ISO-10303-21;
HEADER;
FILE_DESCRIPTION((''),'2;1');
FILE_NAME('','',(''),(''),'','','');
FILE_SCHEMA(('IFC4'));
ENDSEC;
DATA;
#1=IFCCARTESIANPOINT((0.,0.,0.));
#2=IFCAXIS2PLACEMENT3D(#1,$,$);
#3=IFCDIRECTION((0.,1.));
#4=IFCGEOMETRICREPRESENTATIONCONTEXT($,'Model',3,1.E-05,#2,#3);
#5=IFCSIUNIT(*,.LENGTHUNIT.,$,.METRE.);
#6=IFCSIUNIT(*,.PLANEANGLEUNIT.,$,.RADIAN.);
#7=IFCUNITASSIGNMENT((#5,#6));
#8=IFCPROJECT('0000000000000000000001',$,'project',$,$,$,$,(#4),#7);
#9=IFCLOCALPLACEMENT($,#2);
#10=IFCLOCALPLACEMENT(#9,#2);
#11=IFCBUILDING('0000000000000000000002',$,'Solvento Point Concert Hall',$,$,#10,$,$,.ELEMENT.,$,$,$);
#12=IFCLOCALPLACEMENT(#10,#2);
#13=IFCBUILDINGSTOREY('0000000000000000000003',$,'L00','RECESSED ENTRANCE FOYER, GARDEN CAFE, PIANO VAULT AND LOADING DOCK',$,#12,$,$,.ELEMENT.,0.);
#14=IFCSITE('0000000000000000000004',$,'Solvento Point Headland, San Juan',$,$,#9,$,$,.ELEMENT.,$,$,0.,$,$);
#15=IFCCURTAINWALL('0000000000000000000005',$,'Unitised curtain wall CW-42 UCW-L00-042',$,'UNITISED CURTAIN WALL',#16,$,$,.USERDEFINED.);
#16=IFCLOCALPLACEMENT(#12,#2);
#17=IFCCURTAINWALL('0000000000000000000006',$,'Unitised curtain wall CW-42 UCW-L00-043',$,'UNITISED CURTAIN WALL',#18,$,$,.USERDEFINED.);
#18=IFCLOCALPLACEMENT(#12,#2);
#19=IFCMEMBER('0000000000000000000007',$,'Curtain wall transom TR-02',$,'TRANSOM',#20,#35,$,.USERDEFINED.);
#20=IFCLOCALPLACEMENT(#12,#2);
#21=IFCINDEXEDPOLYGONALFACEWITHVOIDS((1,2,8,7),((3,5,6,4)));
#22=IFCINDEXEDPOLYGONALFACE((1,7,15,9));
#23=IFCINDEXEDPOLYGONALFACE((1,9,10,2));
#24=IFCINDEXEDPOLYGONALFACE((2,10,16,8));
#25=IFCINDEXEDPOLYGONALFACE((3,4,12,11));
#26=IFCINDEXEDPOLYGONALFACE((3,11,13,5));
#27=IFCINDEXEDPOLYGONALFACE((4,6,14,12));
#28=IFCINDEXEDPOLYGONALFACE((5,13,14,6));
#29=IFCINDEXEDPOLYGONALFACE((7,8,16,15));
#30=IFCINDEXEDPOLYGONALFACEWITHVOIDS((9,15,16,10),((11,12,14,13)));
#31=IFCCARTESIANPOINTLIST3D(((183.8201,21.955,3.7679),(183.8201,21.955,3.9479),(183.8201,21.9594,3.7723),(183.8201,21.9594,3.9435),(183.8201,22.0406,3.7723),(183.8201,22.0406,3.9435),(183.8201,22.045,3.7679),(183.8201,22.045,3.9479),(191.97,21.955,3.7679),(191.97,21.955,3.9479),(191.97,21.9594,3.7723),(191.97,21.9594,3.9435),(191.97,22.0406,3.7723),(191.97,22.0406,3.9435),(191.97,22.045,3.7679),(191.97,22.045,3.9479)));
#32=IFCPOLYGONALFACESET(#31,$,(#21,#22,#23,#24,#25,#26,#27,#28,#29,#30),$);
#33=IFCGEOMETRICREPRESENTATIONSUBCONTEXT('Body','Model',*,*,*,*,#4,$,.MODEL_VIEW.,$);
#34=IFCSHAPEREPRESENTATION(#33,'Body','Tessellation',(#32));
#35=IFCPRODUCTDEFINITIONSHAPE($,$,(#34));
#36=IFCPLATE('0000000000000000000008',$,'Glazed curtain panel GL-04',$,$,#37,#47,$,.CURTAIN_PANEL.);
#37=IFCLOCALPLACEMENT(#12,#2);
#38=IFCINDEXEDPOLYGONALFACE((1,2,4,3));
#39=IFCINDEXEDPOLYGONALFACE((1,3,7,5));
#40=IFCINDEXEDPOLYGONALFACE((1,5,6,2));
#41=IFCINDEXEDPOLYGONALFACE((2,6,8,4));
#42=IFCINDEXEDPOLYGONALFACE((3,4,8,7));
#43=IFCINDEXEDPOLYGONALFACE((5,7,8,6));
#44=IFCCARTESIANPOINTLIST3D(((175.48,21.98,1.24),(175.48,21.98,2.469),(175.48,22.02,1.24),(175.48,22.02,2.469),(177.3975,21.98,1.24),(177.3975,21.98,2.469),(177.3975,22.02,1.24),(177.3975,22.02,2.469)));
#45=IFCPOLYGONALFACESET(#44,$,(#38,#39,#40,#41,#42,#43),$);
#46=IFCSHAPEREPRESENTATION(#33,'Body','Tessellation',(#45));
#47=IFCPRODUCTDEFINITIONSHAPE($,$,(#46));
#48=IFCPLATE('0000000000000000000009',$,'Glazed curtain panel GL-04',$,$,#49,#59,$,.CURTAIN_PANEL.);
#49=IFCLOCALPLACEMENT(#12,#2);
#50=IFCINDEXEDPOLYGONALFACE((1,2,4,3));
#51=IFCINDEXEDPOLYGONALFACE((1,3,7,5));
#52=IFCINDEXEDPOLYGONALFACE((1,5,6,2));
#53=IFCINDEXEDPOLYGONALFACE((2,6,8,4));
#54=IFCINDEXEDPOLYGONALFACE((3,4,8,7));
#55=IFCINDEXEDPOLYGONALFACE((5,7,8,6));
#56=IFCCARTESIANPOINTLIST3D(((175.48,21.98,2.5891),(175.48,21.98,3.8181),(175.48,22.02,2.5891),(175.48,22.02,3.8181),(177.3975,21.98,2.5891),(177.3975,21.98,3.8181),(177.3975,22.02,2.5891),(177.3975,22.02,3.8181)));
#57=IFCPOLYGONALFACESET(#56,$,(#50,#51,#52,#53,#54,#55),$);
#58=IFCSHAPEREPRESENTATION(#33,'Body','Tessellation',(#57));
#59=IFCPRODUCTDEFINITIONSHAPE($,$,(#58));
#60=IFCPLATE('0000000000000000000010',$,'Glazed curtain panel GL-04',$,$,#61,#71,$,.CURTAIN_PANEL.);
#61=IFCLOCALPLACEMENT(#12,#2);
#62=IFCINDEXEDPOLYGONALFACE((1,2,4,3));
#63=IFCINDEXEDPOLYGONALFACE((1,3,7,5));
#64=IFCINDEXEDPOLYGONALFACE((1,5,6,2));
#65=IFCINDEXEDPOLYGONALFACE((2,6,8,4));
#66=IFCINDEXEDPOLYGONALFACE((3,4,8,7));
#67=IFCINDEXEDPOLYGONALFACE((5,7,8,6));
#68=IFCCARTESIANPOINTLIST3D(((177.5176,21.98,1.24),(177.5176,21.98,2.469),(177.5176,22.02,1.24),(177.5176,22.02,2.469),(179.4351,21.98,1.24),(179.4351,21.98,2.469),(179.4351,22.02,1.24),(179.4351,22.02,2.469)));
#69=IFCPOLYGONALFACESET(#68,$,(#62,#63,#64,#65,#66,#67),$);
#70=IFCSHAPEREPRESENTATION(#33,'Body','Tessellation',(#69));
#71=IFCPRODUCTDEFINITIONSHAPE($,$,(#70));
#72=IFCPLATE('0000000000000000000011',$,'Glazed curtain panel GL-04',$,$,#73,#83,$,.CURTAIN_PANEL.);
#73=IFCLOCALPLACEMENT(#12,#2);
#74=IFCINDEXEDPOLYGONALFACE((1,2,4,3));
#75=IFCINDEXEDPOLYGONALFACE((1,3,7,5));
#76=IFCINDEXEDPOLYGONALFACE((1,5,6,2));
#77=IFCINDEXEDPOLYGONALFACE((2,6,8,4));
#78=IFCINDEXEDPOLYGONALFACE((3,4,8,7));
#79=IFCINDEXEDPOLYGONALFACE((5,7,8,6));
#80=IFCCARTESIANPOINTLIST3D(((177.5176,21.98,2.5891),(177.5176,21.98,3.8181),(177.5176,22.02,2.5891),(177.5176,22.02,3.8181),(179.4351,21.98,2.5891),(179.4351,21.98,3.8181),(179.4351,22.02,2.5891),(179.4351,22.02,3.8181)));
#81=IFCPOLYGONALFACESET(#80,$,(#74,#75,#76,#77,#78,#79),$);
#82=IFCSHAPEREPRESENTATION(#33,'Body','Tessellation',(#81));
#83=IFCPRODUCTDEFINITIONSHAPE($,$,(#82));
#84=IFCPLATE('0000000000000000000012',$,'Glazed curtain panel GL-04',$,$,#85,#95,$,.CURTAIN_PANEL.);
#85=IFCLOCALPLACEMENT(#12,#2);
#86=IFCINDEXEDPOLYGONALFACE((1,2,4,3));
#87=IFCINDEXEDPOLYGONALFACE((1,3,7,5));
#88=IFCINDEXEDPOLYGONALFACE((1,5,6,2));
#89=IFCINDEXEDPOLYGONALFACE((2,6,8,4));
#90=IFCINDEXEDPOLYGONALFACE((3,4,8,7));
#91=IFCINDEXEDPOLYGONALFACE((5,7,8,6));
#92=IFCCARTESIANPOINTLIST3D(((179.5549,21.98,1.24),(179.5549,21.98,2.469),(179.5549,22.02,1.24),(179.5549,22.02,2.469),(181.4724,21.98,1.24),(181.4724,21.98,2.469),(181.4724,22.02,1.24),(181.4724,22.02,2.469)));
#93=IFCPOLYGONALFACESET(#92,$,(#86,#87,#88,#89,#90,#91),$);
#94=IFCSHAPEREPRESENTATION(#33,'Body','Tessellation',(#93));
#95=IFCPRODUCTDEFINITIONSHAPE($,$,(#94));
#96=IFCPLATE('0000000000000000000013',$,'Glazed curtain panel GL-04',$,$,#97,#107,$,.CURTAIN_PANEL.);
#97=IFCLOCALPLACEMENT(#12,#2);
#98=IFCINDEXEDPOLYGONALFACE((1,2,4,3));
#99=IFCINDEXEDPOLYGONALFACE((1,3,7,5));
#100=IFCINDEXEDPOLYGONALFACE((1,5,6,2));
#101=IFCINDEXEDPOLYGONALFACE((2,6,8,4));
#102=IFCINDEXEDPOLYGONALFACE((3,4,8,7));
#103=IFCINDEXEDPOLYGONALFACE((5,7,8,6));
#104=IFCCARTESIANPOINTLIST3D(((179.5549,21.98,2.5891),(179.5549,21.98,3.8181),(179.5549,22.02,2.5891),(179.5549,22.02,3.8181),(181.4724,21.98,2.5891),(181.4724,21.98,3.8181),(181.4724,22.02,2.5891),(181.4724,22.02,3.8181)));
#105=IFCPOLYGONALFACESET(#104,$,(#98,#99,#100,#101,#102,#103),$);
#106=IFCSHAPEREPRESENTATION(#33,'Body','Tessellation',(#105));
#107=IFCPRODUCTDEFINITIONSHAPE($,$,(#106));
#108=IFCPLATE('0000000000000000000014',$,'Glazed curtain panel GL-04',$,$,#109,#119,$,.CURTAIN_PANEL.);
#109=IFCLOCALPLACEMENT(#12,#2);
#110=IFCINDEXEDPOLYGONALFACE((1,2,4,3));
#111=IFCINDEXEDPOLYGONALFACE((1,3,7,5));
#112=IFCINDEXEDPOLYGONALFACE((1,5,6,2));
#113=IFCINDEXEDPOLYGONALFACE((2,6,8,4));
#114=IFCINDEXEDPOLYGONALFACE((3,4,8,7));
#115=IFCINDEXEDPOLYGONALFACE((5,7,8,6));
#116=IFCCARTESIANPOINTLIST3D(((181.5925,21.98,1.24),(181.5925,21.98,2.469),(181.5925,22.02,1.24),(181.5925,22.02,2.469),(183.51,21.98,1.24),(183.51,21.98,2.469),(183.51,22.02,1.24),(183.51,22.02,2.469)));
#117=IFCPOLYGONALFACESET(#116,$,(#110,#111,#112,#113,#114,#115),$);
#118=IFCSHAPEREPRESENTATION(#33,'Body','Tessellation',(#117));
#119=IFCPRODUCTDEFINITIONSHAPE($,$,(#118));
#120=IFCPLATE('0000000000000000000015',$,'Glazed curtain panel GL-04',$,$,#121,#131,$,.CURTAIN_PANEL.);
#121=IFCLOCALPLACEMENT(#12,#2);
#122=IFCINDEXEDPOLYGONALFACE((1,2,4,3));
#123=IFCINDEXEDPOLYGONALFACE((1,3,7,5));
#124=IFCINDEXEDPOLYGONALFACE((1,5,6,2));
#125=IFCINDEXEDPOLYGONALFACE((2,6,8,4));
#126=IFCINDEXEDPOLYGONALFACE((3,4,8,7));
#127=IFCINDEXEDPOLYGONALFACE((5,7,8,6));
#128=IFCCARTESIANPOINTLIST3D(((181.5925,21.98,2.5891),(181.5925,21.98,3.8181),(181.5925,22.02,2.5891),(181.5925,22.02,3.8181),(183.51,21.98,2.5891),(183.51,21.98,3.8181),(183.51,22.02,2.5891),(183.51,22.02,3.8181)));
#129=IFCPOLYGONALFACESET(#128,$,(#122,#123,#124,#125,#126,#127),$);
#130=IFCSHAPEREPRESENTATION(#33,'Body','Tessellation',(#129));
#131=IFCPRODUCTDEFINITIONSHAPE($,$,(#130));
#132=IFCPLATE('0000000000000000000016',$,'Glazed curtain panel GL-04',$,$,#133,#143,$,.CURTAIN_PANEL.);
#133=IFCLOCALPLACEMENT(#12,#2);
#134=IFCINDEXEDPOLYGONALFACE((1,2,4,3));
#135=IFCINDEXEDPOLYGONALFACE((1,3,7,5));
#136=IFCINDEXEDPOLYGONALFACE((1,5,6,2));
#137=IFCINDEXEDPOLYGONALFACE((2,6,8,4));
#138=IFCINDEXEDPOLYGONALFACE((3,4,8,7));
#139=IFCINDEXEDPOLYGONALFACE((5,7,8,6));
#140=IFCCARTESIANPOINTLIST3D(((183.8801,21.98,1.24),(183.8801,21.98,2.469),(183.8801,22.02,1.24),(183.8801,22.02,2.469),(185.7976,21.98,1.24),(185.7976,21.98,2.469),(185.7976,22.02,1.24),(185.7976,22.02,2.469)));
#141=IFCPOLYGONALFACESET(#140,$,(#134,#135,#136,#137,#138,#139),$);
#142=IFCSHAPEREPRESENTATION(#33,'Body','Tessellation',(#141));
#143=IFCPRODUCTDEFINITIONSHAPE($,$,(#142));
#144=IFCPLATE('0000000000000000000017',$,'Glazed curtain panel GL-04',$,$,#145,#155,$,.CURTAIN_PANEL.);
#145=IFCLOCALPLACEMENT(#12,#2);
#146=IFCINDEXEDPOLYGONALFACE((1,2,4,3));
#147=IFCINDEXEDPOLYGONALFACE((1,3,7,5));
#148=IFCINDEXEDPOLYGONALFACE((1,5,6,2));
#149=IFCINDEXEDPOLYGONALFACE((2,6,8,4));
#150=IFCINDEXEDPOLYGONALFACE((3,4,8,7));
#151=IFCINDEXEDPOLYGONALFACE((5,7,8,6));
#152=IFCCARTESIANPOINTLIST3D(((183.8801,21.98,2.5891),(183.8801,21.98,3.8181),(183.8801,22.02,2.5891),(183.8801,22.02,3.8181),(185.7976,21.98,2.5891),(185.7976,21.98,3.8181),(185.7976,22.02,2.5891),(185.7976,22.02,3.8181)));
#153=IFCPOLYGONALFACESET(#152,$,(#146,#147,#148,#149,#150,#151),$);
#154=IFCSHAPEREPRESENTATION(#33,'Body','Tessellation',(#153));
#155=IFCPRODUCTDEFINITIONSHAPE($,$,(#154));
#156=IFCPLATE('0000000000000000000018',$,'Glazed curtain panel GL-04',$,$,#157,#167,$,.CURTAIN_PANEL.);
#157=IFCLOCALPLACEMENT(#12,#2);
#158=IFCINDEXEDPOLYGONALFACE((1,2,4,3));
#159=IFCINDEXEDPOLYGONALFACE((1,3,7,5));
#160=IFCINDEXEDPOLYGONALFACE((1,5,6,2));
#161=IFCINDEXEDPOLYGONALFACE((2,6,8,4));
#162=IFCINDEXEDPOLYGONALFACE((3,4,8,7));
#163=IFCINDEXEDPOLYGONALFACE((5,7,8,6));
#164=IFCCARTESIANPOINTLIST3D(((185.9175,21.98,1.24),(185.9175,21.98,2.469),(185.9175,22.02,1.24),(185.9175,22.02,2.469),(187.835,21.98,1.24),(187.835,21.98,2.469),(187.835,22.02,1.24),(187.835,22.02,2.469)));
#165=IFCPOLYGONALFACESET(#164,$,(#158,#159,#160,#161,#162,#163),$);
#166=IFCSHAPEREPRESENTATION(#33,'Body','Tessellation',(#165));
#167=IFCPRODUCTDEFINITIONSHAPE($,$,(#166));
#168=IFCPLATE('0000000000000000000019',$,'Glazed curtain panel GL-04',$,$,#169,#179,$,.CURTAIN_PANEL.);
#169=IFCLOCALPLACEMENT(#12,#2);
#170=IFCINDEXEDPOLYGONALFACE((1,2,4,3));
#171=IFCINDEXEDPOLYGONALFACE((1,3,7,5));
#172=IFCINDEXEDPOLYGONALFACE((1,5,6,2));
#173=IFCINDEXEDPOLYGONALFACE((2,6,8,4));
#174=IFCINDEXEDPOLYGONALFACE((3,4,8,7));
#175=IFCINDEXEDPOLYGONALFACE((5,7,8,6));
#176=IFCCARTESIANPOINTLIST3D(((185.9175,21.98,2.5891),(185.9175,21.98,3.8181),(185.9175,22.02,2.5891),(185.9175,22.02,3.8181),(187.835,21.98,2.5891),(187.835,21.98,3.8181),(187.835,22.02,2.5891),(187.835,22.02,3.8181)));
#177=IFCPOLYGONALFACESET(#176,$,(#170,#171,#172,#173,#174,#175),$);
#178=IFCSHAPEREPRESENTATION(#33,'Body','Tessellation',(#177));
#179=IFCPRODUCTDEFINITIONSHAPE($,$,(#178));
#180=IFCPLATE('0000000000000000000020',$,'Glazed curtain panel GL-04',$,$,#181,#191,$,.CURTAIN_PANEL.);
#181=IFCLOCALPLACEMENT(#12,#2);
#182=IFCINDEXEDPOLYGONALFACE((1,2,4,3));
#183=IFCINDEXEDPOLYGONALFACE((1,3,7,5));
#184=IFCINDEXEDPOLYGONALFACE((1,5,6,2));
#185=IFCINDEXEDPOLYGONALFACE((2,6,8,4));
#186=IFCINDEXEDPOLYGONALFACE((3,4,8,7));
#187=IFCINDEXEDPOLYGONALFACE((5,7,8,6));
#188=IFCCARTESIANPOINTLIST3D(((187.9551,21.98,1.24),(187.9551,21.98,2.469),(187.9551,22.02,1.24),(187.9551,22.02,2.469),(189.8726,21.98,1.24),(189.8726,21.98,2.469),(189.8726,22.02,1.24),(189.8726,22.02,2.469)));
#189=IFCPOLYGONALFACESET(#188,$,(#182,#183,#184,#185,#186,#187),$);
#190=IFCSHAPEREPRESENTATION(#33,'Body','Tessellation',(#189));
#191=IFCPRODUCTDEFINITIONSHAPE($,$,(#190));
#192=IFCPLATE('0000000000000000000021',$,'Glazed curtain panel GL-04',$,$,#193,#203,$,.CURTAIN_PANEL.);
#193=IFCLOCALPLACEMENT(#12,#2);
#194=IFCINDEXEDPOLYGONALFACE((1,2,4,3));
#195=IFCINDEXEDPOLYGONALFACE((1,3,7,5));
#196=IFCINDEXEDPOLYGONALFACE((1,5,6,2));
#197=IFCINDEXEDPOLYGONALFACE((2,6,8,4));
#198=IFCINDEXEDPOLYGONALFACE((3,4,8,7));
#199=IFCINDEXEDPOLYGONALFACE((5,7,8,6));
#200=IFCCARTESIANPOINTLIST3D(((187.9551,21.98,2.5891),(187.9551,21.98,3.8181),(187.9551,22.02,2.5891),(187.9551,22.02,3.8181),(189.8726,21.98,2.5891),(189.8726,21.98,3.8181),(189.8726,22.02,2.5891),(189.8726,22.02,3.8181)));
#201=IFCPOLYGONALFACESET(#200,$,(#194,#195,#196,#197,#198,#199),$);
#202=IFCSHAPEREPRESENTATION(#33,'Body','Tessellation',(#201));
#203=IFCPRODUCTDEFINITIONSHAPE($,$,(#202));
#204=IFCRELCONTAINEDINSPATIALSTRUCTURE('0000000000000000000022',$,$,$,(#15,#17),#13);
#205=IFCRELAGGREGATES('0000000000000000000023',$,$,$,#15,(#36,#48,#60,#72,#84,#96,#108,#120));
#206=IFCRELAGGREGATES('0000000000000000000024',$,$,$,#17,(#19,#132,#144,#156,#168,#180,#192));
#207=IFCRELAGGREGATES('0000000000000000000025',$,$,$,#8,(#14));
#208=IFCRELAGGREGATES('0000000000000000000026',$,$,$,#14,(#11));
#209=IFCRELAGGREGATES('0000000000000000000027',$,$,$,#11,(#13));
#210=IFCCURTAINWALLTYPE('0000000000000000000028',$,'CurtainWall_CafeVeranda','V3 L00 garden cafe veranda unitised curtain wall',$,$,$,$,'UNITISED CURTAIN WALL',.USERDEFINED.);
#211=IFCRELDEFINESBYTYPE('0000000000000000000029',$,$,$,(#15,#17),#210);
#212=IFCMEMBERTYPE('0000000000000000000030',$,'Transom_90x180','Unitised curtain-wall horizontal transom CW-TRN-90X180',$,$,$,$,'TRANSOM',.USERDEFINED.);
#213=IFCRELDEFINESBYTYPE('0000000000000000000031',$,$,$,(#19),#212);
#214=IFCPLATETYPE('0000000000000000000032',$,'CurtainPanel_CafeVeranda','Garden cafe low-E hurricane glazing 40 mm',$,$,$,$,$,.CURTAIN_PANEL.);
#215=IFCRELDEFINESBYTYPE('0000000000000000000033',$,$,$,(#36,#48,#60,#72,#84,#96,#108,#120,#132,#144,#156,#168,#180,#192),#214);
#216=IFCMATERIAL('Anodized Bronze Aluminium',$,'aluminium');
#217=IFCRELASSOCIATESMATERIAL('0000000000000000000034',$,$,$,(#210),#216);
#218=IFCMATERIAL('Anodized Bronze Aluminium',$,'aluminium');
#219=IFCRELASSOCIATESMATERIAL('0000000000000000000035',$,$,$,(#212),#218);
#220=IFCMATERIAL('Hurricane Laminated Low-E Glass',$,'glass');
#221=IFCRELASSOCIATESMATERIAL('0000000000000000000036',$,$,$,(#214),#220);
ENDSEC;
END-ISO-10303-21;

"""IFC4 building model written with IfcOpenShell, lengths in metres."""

from ifc_helpers import new_model, si_unit, direction, frame, origin, origin_2d, place, context, subcontext, project, spatial, rectangle, hollow_rectangle, extrude, material, material_profile, profile_set, type_object, element, aggregate, save


model = new_model("IFC4")

# Units and contexts
model_context = context("Model", 3, precision=1e-05, world=origin(), true_north=direction((0.0, 1.0)))
body_context = subcontext(model_context, "Body", "Model", "MODEL_VIEW")
ifc_project = project(units=[si_unit("LENGTHUNIT", "METRE"), si_unit("PLANEANGLEUNIT", "RADIAN")], contexts=[model_context])

# Site, building, storey
site_placement = place(None, origin())
site = spatial("IfcSite", under=ifc_project, at=site_placement, Name="Solvento Point Headland, San Juan", CompositionType="ELEMENT", RefElevation=0.0)
building_placement = place(site_placement, origin())
building = spatial("IfcBuilding", under=site, at=building_placement, Name="Solvento Point Concert Hall", CompositionType="ELEMENT")
storey_placement = place(building_placement, origin())
storey = spatial("IfcBuildingStorey", under=building, at=storey_placement, Name="L00", Description="RECESSED ENTRANCE FOYER, GARDEN CAFE, PIANO VAULT AND LOADING DOCK", CompositionType="ELEMENT", Elevation=0.0)

# Curtain walls
ifc_material_1 = material(Name="Anodized Bronze Aluminium", Category="aluminium")
curtain_wall_type = type_object("IfcCurtainWallType", Name="CurtainWall_CafeVeranda", Description="V3 L00 garden cafe veranda unitised curtain wall", ElementType="UNITISED CURTAIN WALL", PredefinedType="USERDEFINED", material=ifc_material_1)
curtain_wall_1_placement = place(storey_placement, origin())
curtain_wall_1 = element("IfcCurtainWall", 1, at=curtain_wall_1_placement, inside=storey, type_object=curtain_wall_type, Name="Unitised curtain wall CW-42 UCW-L00-042", ObjectType="UNITISED CURTAIN WALL", PredefinedType="USERDEFINED")
curtain_wall_2_placement = place(storey_placement, origin())
curtain_wall_2 = element("IfcCurtainWall", 2, at=curtain_wall_2_placement, inside=storey, type_object=curtain_wall_type, Name="Unitised curtain wall CW-42 UCW-L00-043", ObjectType="UNITISED CURTAIN WALL", PredefinedType="USERDEFINED")

# Member
ifc_material_2 = material(Name="Anodized Bronze Aluminium", Category="aluminium")
ifc_material_profile_1 = material_profile(ifc_material_2, hollow_rectangle(XDim=0.0901, YDim=0.1799, WallThickness=0.0044, at=origin_2d()), Name="CW-TRN-90X180")
ifc_profile_set_1 = profile_set([ifc_material_profile_1], Name="Anodized Bronze Aluminium")
member_type_1 = type_object("IfcMemberType", Name="Transom_90x180", Description="Unitised curtain-wall horizontal transom CW-TRN-90X180", ElementType="TRANSOM", PredefinedType="USERDEFINED", material=ifc_profile_set_1)
member_1_placement = place(storey_placement, frame((183.8201, 22.0, 3.8579), z_axis=(1.0, 0.0, 0.0), x_axis=(0.0, 1.0, 0.0)))
member_1 = element("IfcMember", 3, at=member_1_placement, type_object=member_type_1, Name="Curtain wall transom TR-02", ObjectType="TRANSOM", PredefinedType="USERDEFINED", context=body_context, shape_type="SweptSolid", body=[
    extrude(hollow_rectangle(XDim=0.0901, YDim=0.1799, WallThickness=0.0044, at=origin_2d()), origin(), (0.0, 0.0, 1.0), 8.1499),
])

# Plates
ifc_material_3 = material(Name="Hurricane Laminated Low-E Glass", Category="glass")
plate_type = type_object("IfcPlateType", Name="CurtainPanel_CafeVeranda", Description="Garden cafe low-E hurricane glazing 40 mm", PredefinedType="CURTAIN_PANEL", material=ifc_material_3)
plate_1_placement = place(storey_placement, frame((176.4387, 22.0, 1.24), z_axis=(0.0, 0.0, 1.0), x_axis=(1.0, 0.0, 0.0)))
plate_1 = element("IfcPlate", 4, at=plate_1_placement, type_object=plate_type, Name="Glazed curtain panel GL-04", PredefinedType="CURTAIN_PANEL", context=body_context, shape_type="SweptSolid", body=[
    extrude(rectangle(XDim=1.9175, YDim=0.04, at=origin_2d()), origin(), (0.0, 0.0, 1.0), 1.229),
])
plate_2_placement = place(storey_placement, frame((176.4387, 22.0, 2.5891), z_axis=(0.0, 0.0, 1.0), x_axis=(1.0, 0.0, 0.0)))
plate_2 = element("IfcPlate", 5, at=plate_2_placement, type_object=plate_type, Name="Glazed curtain panel GL-04", PredefinedType="CURTAIN_PANEL", context=body_context, shape_type="SweptSolid", body=[
    extrude(rectangle(XDim=1.9175, YDim=0.04, at=origin_2d()), origin(), (0.0, 0.0, 1.0), 1.229),
])
plate_3_placement = place(storey_placement, frame((178.4763, 22.0, 1.24), z_axis=(0.0, 0.0, 1.0), x_axis=(1.0, 0.0, 0.0)))
plate_3 = element("IfcPlate", 6, at=plate_3_placement, type_object=plate_type, Name="Glazed curtain panel GL-04", PredefinedType="CURTAIN_PANEL", context=body_context, shape_type="SweptSolid", body=[
    extrude(rectangle(XDim=1.9175, YDim=0.04, at=origin_2d()), origin(), (0.0, 0.0, 1.0), 1.229),
])
plate_4_placement = place(storey_placement, frame((178.4763, 22.0, 2.5891), z_axis=(0.0, 0.0, 1.0), x_axis=(1.0, 0.0, 0.0)))
plate_4 = element("IfcPlate", 7, at=plate_4_placement, type_object=plate_type, Name="Glazed curtain panel GL-04", PredefinedType="CURTAIN_PANEL", context=body_context, shape_type="SweptSolid", body=[
    extrude(rectangle(XDim=1.9175, YDim=0.04, at=origin_2d()), origin(), (0.0, 0.0, 1.0), 1.229),
])
plate_5_placement = place(storey_placement, frame((180.5137, 22.0, 1.24), z_axis=(0.0, 0.0, 1.0), x_axis=(1.0, 0.0, 0.0)))
plate_5 = element("IfcPlate", 8, at=plate_5_placement, type_object=plate_type, Name="Glazed curtain panel GL-04", PredefinedType="CURTAIN_PANEL", context=body_context, shape_type="SweptSolid", body=[
    extrude(rectangle(XDim=1.9175, YDim=0.04, at=origin_2d()), origin(), (0.0, 0.0, 1.0), 1.229),
])
plate_6_placement = place(storey_placement, frame((180.5137, 22.0, 2.5891), z_axis=(0.0, 0.0, 1.0), x_axis=(1.0, 0.0, 0.0)))
plate_6 = element("IfcPlate", 9, at=plate_6_placement, type_object=plate_type, Name="Glazed curtain panel GL-04", PredefinedType="CURTAIN_PANEL", context=body_context, shape_type="SweptSolid", body=[
    extrude(rectangle(XDim=1.9175, YDim=0.04, at=origin_2d()), origin(), (0.0, 0.0, 1.0), 1.229),
])
plate_7_placement = place(storey_placement, frame((182.5513, 22.0, 1.24), z_axis=(0.0, 0.0, 1.0), x_axis=(1.0, 0.0, 0.0)))
plate_7 = element("IfcPlate", 10, at=plate_7_placement, type_object=plate_type, Name="Glazed curtain panel GL-04", PredefinedType="CURTAIN_PANEL", context=body_context, shape_type="SweptSolid", body=[
    extrude(rectangle(XDim=1.9175, YDim=0.04, at=origin_2d()), origin(), (0.0, 0.0, 1.0), 1.229),
])
plate_8_placement = place(storey_placement, frame((182.5513, 22.0, 2.5891), z_axis=(0.0, 0.0, 1.0), x_axis=(1.0, 0.0, 0.0)))
plate_8 = element("IfcPlate", 11, at=plate_8_placement, type_object=plate_type, Name="Glazed curtain panel GL-04", PredefinedType="CURTAIN_PANEL", context=body_context, shape_type="SweptSolid", body=[
    extrude(rectangle(XDim=1.9175, YDim=0.04, at=origin_2d()), origin(), (0.0, 0.0, 1.0), 1.229),
])
aggregate(curtain_wall_1, [plate_1, plate_2, plate_3, plate_4, plate_5, plate_6, plate_7, plate_8])
plate_9_placement = place(storey_placement, frame((184.8389, 22.0, 1.24), z_axis=(0.0, 0.0, 1.0), x_axis=(1.0, 0.0, 0.0)))
plate_9 = element("IfcPlate", 12, at=plate_9_placement, type_object=plate_type, Name="Glazed curtain panel GL-04", PredefinedType="CURTAIN_PANEL", context=body_context, shape_type="SweptSolid", body=[
    extrude(rectangle(XDim=1.9175, YDim=0.04, at=origin_2d()), origin(), (0.0, 0.0, 1.0), 1.229),
])
plate_10_placement = place(storey_placement, frame((184.8389, 22.0, 2.5891), z_axis=(0.0, 0.0, 1.0), x_axis=(1.0, 0.0, 0.0)))
plate_10 = element("IfcPlate", 13, at=plate_10_placement, type_object=plate_type, Name="Glazed curtain panel GL-04", PredefinedType="CURTAIN_PANEL", context=body_context, shape_type="SweptSolid", body=[
    extrude(rectangle(XDim=1.9175, YDim=0.04, at=origin_2d()), origin(), (0.0, 0.0, 1.0), 1.229),
])
plate_11_placement = place(storey_placement, frame((186.8762, 22.0, 1.24), z_axis=(0.0, 0.0, 1.0), x_axis=(1.0, 0.0, 0.0)))
plate_11 = element("IfcPlate", 14, at=plate_11_placement, type_object=plate_type, Name="Glazed curtain panel GL-04", PredefinedType="CURTAIN_PANEL", context=body_context, shape_type="SweptSolid", body=[
    extrude(rectangle(XDim=1.9175, YDim=0.04, at=origin_2d()), origin(), (0.0, 0.0, 1.0), 1.229),
])
plate_12_placement = place(storey_placement, frame((186.8762, 22.0, 2.5891), z_axis=(0.0, 0.0, 1.0), x_axis=(1.0, 0.0, 0.0)))
plate_12 = element("IfcPlate", 15, at=plate_12_placement, type_object=plate_type, Name="Glazed curtain panel GL-04", PredefinedType="CURTAIN_PANEL", context=body_context, shape_type="SweptSolid", body=[
    extrude(rectangle(XDim=1.9175, YDim=0.04, at=origin_2d()), origin(), (0.0, 0.0, 1.0), 1.229),
])
plate_13_placement = place(storey_placement, frame((188.9138, 22.0, 1.24), z_axis=(0.0, 0.0, 1.0), x_axis=(1.0, 0.0, 0.0)))
plate_13 = element("IfcPlate", 16, at=plate_13_placement, type_object=plate_type, Name="Glazed curtain panel GL-04", PredefinedType="CURTAIN_PANEL", context=body_context, shape_type="SweptSolid", body=[
    extrude(rectangle(XDim=1.9175, YDim=0.04, at=origin_2d()), origin(), (0.0, 0.0, 1.0), 1.229),
])
plate_14_placement = place(storey_placement, frame((188.9138, 22.0, 2.5891), z_axis=(0.0, 0.0, 1.0), x_axis=(1.0, 0.0, 0.0)))
plate_14 = element("IfcPlate", 17, at=plate_14_placement, type_object=plate_type, Name="Glazed curtain panel GL-04", PredefinedType="CURTAIN_PANEL", context=body_context, shape_type="SweptSolid", body=[
    extrude(rectangle(XDim=1.9175, YDim=0.04, at=origin_2d()), origin(), (0.0, 0.0, 1.0), 1.229),
])
aggregate(curtain_wall_2, [member_1, plate_9, plate_10, plate_11, plate_12, plate_13, plate_14])

save(model, "model.ifc")
